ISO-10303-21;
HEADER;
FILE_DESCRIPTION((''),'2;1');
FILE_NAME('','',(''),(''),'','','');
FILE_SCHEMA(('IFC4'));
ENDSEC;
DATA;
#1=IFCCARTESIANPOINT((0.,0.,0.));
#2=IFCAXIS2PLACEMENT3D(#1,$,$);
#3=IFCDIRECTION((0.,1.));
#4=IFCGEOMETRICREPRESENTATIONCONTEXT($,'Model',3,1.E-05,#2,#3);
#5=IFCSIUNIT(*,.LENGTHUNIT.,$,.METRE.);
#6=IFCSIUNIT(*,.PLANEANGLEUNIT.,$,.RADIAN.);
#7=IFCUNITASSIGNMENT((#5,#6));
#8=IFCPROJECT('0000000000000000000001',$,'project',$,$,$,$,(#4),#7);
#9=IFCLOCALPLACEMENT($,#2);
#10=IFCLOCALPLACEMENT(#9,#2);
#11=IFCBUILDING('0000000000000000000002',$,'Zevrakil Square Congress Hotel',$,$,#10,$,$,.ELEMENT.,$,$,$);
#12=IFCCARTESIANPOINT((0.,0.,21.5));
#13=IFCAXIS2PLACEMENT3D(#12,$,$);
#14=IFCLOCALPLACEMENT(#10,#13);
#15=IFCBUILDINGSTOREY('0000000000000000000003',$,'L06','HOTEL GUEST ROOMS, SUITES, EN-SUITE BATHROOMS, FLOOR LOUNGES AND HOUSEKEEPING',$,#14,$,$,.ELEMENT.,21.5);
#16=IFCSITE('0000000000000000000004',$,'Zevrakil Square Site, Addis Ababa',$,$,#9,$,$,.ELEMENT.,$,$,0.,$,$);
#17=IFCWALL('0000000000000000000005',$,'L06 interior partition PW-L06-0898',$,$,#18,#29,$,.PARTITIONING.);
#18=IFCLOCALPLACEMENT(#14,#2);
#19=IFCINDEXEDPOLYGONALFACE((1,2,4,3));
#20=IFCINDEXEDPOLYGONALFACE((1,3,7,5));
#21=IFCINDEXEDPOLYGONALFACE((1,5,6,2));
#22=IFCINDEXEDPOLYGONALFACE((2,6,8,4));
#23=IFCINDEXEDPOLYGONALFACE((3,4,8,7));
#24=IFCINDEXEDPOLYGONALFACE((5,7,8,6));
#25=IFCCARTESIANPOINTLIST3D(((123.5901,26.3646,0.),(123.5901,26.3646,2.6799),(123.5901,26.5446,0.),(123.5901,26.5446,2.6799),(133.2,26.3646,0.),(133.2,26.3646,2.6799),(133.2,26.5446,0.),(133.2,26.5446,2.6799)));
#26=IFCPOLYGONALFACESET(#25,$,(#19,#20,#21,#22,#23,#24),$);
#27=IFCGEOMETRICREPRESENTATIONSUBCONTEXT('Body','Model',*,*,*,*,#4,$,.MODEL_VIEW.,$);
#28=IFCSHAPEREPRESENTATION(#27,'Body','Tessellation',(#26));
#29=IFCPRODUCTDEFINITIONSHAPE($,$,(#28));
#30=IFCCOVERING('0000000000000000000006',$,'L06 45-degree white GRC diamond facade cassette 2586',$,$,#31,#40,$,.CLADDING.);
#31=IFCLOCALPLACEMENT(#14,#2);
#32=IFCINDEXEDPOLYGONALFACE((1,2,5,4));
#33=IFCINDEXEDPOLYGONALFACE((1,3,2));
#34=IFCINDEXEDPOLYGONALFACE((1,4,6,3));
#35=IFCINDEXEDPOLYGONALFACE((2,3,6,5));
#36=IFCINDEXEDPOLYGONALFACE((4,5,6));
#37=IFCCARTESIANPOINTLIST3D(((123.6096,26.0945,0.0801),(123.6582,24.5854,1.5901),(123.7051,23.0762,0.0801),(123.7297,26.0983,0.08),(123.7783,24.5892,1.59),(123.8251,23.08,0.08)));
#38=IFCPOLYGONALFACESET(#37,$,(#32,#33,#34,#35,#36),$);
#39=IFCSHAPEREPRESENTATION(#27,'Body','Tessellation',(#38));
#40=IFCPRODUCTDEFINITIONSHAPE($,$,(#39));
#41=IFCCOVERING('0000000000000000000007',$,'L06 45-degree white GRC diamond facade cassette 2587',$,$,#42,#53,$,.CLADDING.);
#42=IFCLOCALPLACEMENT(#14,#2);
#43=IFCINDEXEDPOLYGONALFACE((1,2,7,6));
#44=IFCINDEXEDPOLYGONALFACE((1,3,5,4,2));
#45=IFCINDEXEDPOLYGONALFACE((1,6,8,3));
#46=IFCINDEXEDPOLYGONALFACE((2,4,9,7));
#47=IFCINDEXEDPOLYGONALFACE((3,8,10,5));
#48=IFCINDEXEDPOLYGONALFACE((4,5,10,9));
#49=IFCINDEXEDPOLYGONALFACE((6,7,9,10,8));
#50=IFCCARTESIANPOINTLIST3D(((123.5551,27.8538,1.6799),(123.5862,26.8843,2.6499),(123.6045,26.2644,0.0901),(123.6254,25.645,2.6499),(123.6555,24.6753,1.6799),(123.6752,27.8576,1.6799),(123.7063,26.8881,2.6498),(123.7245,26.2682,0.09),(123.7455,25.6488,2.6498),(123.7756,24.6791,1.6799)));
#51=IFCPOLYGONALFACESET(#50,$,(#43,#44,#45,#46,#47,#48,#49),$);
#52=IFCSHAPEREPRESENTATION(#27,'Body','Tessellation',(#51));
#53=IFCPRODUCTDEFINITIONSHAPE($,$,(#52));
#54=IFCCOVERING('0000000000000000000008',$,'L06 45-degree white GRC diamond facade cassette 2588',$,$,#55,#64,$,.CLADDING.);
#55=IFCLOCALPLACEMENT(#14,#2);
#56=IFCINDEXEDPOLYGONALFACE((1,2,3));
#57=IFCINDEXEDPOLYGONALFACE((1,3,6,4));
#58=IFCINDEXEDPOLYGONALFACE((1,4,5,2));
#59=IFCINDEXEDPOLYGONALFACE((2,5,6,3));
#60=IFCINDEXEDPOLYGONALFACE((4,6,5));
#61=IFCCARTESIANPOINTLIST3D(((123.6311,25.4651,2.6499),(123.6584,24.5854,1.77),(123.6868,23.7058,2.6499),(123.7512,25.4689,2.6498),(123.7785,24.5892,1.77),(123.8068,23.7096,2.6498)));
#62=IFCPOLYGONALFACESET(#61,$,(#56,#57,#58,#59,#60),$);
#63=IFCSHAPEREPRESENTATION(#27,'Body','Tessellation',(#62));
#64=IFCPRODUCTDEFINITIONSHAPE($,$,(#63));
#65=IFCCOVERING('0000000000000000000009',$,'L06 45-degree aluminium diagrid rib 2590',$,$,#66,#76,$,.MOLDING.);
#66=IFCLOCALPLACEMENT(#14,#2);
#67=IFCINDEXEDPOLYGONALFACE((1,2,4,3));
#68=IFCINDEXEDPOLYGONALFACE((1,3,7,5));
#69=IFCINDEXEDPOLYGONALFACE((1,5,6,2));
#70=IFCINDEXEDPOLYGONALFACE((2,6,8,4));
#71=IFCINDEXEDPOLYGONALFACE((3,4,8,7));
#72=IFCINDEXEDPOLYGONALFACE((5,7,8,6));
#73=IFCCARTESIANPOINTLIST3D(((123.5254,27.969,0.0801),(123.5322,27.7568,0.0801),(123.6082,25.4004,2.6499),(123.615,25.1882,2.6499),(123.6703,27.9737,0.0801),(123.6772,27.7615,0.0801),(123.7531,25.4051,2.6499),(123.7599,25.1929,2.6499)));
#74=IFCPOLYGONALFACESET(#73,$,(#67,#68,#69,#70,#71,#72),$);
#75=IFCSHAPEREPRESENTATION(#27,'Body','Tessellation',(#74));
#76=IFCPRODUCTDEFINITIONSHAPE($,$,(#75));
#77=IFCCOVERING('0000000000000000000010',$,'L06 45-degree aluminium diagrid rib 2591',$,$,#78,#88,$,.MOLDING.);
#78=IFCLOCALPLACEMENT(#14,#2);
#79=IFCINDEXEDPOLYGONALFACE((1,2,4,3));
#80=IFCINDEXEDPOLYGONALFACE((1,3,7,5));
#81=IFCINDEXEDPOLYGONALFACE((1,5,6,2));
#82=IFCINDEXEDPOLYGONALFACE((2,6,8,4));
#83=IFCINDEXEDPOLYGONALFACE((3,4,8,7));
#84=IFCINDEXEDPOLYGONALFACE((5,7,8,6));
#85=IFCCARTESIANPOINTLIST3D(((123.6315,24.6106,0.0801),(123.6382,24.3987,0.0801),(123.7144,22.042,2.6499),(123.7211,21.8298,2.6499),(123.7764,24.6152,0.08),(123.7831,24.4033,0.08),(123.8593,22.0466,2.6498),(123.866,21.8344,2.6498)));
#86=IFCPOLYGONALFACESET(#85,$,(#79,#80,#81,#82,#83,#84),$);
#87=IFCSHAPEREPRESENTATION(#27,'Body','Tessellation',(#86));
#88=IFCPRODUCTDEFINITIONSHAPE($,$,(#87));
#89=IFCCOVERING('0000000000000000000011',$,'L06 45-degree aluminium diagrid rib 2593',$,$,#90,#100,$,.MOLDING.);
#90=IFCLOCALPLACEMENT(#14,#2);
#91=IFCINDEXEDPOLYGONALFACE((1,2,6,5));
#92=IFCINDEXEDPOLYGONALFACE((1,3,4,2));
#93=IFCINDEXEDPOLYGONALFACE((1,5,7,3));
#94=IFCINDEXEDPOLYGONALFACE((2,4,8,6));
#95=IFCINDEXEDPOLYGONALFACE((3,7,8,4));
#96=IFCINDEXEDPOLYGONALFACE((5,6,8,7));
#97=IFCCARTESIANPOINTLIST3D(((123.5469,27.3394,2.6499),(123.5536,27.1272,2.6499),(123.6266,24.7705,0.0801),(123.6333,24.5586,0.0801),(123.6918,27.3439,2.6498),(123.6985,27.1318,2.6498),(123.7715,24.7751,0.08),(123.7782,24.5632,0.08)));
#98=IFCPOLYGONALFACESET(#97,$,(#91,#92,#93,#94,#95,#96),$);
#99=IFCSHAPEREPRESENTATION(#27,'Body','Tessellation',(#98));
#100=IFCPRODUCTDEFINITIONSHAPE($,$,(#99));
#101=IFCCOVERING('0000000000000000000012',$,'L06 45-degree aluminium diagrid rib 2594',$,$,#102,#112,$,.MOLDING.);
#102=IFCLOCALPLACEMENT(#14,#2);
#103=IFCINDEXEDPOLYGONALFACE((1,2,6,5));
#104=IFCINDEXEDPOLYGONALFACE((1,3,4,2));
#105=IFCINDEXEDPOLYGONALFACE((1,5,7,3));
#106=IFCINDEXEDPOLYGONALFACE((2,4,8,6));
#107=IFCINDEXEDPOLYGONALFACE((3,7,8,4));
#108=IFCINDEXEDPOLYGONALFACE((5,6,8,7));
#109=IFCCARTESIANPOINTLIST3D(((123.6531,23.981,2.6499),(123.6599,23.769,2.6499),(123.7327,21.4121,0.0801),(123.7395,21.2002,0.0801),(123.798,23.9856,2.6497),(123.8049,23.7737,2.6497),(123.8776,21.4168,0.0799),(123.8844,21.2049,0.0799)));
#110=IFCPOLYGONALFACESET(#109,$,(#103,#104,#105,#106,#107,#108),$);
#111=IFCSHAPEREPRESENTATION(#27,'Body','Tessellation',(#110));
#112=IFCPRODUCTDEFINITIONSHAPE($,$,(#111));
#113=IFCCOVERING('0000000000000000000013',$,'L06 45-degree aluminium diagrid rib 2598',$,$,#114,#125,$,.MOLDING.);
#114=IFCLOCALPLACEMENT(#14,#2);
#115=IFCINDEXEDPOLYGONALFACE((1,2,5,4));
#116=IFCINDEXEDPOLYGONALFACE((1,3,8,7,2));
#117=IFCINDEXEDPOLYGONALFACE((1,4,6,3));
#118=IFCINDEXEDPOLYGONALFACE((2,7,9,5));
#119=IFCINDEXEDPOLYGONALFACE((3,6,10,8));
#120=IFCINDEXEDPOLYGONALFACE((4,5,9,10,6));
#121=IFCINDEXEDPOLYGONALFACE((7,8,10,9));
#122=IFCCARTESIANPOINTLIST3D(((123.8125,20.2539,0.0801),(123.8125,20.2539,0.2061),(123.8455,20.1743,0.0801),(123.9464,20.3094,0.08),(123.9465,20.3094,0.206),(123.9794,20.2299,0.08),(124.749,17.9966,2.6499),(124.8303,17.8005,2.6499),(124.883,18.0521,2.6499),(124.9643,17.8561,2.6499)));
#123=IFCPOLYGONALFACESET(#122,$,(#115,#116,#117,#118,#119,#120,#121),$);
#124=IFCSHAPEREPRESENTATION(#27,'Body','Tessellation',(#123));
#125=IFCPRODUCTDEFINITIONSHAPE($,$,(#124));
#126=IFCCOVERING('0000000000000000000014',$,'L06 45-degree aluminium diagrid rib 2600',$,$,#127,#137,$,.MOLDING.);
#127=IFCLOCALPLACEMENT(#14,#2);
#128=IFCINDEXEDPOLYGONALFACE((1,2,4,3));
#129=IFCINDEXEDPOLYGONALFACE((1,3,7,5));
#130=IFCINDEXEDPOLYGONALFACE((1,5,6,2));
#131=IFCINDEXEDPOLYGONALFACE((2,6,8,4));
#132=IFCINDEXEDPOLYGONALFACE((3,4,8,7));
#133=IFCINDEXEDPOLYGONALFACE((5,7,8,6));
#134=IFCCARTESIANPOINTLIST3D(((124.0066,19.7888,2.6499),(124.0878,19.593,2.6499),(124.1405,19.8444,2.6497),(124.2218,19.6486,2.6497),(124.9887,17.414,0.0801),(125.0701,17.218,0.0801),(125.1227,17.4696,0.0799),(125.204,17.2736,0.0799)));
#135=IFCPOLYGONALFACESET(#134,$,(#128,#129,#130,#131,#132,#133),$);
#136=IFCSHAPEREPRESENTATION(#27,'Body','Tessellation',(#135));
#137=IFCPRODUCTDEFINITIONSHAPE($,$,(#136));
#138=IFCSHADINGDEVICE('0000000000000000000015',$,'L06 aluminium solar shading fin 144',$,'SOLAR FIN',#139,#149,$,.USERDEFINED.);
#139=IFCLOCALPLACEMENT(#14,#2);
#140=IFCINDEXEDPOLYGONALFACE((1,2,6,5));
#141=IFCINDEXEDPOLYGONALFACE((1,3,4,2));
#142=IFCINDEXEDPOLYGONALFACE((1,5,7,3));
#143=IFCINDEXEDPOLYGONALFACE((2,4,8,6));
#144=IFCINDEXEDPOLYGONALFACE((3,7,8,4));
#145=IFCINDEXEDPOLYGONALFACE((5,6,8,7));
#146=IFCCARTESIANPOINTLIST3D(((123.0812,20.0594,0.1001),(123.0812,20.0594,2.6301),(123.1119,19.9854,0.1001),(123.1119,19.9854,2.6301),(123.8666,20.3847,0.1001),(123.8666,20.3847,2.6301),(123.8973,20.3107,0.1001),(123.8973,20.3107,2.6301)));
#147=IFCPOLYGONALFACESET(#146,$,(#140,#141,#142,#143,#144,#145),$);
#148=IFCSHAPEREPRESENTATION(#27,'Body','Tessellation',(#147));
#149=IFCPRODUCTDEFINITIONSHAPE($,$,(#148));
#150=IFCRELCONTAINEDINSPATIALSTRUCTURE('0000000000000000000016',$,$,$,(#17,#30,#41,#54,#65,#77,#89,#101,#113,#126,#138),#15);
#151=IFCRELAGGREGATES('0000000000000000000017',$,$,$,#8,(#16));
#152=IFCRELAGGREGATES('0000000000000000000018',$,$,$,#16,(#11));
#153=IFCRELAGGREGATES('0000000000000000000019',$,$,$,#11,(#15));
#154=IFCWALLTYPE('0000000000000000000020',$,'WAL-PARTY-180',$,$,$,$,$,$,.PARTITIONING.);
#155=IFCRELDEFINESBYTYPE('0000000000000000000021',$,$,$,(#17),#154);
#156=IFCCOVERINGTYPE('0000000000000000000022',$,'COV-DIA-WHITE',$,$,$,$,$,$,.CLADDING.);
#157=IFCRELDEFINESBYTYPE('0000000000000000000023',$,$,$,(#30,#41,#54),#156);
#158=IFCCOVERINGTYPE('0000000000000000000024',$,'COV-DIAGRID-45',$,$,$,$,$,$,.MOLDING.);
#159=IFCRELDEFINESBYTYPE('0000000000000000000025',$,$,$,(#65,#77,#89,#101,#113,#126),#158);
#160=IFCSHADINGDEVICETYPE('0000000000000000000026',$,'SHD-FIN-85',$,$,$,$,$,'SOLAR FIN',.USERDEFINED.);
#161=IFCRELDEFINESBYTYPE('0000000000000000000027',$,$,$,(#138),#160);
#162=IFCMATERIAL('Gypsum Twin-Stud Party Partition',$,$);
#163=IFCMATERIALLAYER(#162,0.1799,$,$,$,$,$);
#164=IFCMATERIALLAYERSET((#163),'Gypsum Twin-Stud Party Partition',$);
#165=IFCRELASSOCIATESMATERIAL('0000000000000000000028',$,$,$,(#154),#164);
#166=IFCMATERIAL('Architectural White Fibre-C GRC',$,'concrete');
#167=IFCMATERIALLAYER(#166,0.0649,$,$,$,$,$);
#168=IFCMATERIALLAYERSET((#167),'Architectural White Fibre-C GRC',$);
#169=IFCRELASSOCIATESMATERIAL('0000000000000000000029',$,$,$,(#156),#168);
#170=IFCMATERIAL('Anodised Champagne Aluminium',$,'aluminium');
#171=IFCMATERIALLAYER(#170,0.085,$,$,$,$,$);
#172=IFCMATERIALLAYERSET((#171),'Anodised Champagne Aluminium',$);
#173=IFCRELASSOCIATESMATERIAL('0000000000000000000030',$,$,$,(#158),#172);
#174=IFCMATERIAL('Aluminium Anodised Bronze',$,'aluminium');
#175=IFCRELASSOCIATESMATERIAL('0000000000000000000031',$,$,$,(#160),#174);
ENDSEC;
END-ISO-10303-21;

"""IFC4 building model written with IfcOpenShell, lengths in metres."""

from ifc_helpers import new_model, si_unit, direction, frame, frame_2d, origin, origin_2d, place, context, subcontext, project, spatial, polyline, rectangle, outline, extrude, material, layer, layer_set, type_object, element, save


model = new_model("IFC4")

# Units and contexts
model_context = context("Model", 3, precision=1e-05, world=origin(), true_north=direction((0.0, 1.0)))
body_context = subcontext(model_context, "Body", "Model", "MODEL_VIEW")
ifc_project = project(units=[si_unit("LENGTHUNIT", "METRE"), si_unit("PLANEANGLEUNIT", "RADIAN")], contexts=[model_context])

# Site, building, storey
site_placement = place(None, origin())
site = spatial("IfcSite", under=ifc_project, at=site_placement, Name="Zevrakil Square Site, Addis Ababa", CompositionType="ELEMENT", RefElevation=0.0)
building_placement = place(site_placement, origin())
building = spatial("IfcBuilding", under=site, at=building_placement, Name="Zevrakil Square Congress Hotel", CompositionType="ELEMENT")
storey_placement = place(building_placement, frame((0.0, 0.0, 21.5)))
storey = spatial("IfcBuildingStorey", under=building, at=storey_placement, Name="L06", Description="HOTEL GUEST ROOMS, SUITES, EN-SUITE BATHROOMS, FLOOR LOUNGES AND HOUSEKEEPING", CompositionType="ELEMENT", Elevation=21.5)

# Wall
ifc_material_1 = material(Name="Gypsum Twin-Stud Party Partition")
ifc_layer_1 = layer(ifc_material_1, 0.1799)
ifc_layer_set_1 = layer_set([ifc_layer_1], Name="Gypsum Twin-Stud Party Partition")
wall_type = type_object("IfcWallType", Name="WAL-PARTY-180", PredefinedType="PARTITIONING", material=ifc_layer_set_1)
wall_placement = place(storey_placement, frame((123.5901, 26.4546, 0.0), z_axis=(0.0, 0.0, 1.0), x_axis=(1.0, 0.0, 0.0)))
element("IfcWall", 1, at=wall_placement, inside=storey, type_object=wall_type, Name="L06 interior partition PW-L06-0898", PredefinedType="PARTITIONING", context=body_context, shape_type="SweptSolid", body=[
    extrude(rectangle(XDim=9.6099, YDim=0.1799, at=frame_2d((4.8049, 0.0))), origin(), (0.0, 0.0, 1.0), 2.6799),
])

# Coverings
ifc_material_2 = material(Name="Architectural White Fibre-C GRC", Category="concrete")
ifc_layer_2 = layer(ifc_material_2, 0.0649)
ifc_layer_set_2 = layer_set([ifc_layer_2], Name="Architectural White Fibre-C GRC")
covering_type_1 = type_object("IfcCoveringType", Name="COV-DIA-WHITE", PredefinedType="CLADDING", material=ifc_layer_set_2)
covering_1_placement = place(storey_placement, frame((123.6582, 24.5854, 1.5901), z_axis=(-0.9995, -0.031611, 0.000568), x_axis=(0.021951, -0.706765, -0.707108)))
element("IfcCovering", 2, at=covering_1_placement, inside=storey, type_object=covering_type_1, Name="L06 45-degree white GRC diamond facade cassette 2586", PredefinedType="CLADDING", context=body_context, shape_type="SweptSolid", body=[
    extrude(outline(polyline([(0.0, 0.0), (2.1355, 0.0), (0.0001, -2.1353), (0.0, 0.0)])), origin(), (0.0, 0.0, -1.0), 0.1201),
])
covering_2_placement = place(storey_placement, frame((123.6555, 24.6753, 1.6799), z_axis=(-0.999501, -0.031573, 0.000525), x_axis=(-0.022697, 0.706762, -0.707088)))
element("IfcCovering", 3, at=covering_2_placement, inside=storey, type_object=covering_type_1, Name="L06 45-degree white GRC diamond facade cassette 2587", PredefinedType="CLADDING", context=body_context, shape_type="SweptSolid", body=[
    extrude(outline(polyline([(0.0, 0.0), (2.2484, 0.0), (2.2487, -2.2486), (0.8769, -2.2486), (0.0002, -1.3719), (0.0, 0.0)])), origin(), (0.0, 0.0, -1.0), 0.1201),
])
covering_3_placement = place(storey_placement, frame((123.6584, 24.5854, 1.77), z_axis=(-0.9995, -0.031624, 0.000555), x_axis=(-0.021972, 0.706838, 0.707034)))
element("IfcCovering", 4, at=covering_3_placement, inside=storey, type_object=covering_type_1, Name="L06 45-degree white GRC diamond facade cassette 2588", PredefinedType="CLADDING", context=body_context, shape_type="SweptSolid", body=[
    extrude(outline(polyline([(0.0, 0.0), (1.2445, 0.0), (-0.0003, -1.2445), (0.0, 0.0)])), origin(), (0.0, 0.0, -1.0), 0.1201),
])
ifc_material_3 = material(Name="Anodised Champagne Aluminium", Category="aluminium")
ifc_layer_3 = layer(ifc_material_3, 0.085)
ifc_layer_set_3 = layer_set([ifc_layer_3], Name="Anodised Champagne Aluminium")
covering_type_2 = type_object("IfcCoveringType", Name="COV-DIAGRID-45", PredefinedType="MOLDING", material=ifc_layer_set_3)
covering_4_placement = place(storey_placement, frame((123.5322, 27.7568, 0.0801), z_axis=(-0.999481, -0.032204, 0.0), x_axis=(-0.032204, 0.999481, 0.0)))
element("IfcCovering", 5, at=covering_4_placement, inside=storey, type_object=covering_type_2, Name="L06 45-degree aluminium diagrid rib 2590", PredefinedType="MOLDING", context=body_context, shape_type="SweptSolid", body=[
    extrude(outline(polyline([(0.0, 0.0), (0.2123, 0.0), (-2.3577, -2.5698), (-2.5699, -2.5698), (0.0, 0.0)])), origin(), (0.0, 0.0, -1.0), 0.145),
])
covering_5_placement = place(storey_placement, frame((123.6382, 24.3987, 0.0801), z_axis=(-0.999499, -0.031648, 0.000603), x_axis=(-0.031648, 0.999499, 0.0)))
element("IfcCovering", 6, at=covering_5_placement, inside=storey, type_object=covering_type_2, Name="L06 45-degree aluminium diagrid rib 2591", PredefinedType="MOLDING", context=body_context, shape_type="SweptSolid", body=[
    extrude(outline(polyline([(0.0, 0.0), (0.212, 0.0), (-2.3579, -2.5698), (-2.5702, -2.5698), (0.0, 0.0)])), origin(), (0.0, 0.0, -1.0), 0.145),
])
covering_6_placement = place(storey_placement, frame((123.5469, 27.3394, 2.6499), z_axis=(-0.999499, -0.031648, 0.000632), x_axis=(0.031648, -0.999499, 0.0)))
element("IfcCovering", 7, at=covering_6_placement, inside=storey, type_object=covering_type_2, Name="L06 45-degree aluminium diagrid rib 2593", PredefinedType="MOLDING", context=body_context, shape_type="SweptSolid", body=[
    extrude(outline(polyline([(0.0, 0.0), (0.2123, 0.0), (2.7821, -2.5698), (2.5701, -2.5698), (0.0, 0.0)])), origin(), (0.0, 0.0, -1.0), 0.145),
])
covering_7_placement = place(storey_placement, frame((123.6531, 23.981, 2.6499), z_axis=(-0.999479, -0.032241, 0.001274), x_axis=(0.032241, -0.99948, 0.0)))
element("IfcCovering", 8, at=covering_7_placement, inside=storey, type_object=covering_type_2, Name="L06 45-degree aluminium diagrid rib 2594", PredefinedType="MOLDING", context=body_context, shape_type="SweptSolid", body=[
    extrude(outline(polyline([(0.0, 0.0), (0.212, 0.0), (2.7821, -2.5698), (2.5701, -2.5698), (0.0, 0.0)])), origin(), (0.0, 0.0, -1.0), 0.145),
])
covering_8_placement = place(storey_placement, frame((123.8455, 20.1743, 0.0801), z_axis=(-0.923744, -0.38301, 0.000215), x_axis=(-0.38301, 0.923744, 0.0)))
element("IfcCovering", 9, at=covering_8_placement, inside=storey, type_object=covering_type_2, Name="L06 45-degree aluminium diagrid rib 2598", PredefinedType="MOLDING", context=body_context, shape_type="SweptSolid", body=[
    extrude(outline(polyline([(0.0, 0.0), (0.0861, 0.0), (0.0861, -0.126), (-2.3577, -2.5698), (-2.57, -2.5698), (0.0, 0.0)])), origin(), (0.0, 0.0, -1.0), 0.145),
])
covering_9_placement = place(storey_placement, frame((124.0066, 19.7888, 2.6499), z_axis=(-0.923637, -0.383266, 0.001181), x_axis=(0.383267, -0.923638, 0.0)))
element("IfcCovering", 10, at=covering_9_placement, inside=storey, type_object=covering_type_2, Name="L06 45-degree aluminium diagrid rib 2600", PredefinedType="MOLDING", context=body_context, shape_type="SweptSolid", body=[
    extrude(outline(polyline([(0.0, 0.0), (0.212, 0.0), (2.7821, -2.5698), (2.5698, -2.5698), (0.0, 0.0)])), origin(), (0.0, 0.0, -1.0), 0.145),
])

# Shading device
ifc_material_4 = material(Name="Aluminium Anodised Bronze", Category="aluminium")
shading_device_type = type_object("IfcShadingDeviceType", Name="SHD-FIN-85", ElementType="SOLAR FIN", PredefinedType="USERDEFINED", material=ifc_material_4)
shading_device_placement = place(storey_placement, frame((123.4893, 20.1851, 0.1001), z_axis=(0.0, 0.0, 1.0), x_axis=(-0.92388, -0.382683, 0.0)))
element("IfcShadingDevice", 11, at=shading_device_placement, inside=storey, type_object=shading_device_type, Name="L06 aluminium solar shading fin 144", ObjectType="SOLAR FIN", PredefinedType="USERDEFINED", context=body_context, shape_type="SweptSolid", body=[
    extrude(rectangle(XDim=0.8501, YDim=0.0801, at=origin_2d()), origin(), (0.0, 0.0, 1.0), 2.53),
])

save(model, "model.ifc")
